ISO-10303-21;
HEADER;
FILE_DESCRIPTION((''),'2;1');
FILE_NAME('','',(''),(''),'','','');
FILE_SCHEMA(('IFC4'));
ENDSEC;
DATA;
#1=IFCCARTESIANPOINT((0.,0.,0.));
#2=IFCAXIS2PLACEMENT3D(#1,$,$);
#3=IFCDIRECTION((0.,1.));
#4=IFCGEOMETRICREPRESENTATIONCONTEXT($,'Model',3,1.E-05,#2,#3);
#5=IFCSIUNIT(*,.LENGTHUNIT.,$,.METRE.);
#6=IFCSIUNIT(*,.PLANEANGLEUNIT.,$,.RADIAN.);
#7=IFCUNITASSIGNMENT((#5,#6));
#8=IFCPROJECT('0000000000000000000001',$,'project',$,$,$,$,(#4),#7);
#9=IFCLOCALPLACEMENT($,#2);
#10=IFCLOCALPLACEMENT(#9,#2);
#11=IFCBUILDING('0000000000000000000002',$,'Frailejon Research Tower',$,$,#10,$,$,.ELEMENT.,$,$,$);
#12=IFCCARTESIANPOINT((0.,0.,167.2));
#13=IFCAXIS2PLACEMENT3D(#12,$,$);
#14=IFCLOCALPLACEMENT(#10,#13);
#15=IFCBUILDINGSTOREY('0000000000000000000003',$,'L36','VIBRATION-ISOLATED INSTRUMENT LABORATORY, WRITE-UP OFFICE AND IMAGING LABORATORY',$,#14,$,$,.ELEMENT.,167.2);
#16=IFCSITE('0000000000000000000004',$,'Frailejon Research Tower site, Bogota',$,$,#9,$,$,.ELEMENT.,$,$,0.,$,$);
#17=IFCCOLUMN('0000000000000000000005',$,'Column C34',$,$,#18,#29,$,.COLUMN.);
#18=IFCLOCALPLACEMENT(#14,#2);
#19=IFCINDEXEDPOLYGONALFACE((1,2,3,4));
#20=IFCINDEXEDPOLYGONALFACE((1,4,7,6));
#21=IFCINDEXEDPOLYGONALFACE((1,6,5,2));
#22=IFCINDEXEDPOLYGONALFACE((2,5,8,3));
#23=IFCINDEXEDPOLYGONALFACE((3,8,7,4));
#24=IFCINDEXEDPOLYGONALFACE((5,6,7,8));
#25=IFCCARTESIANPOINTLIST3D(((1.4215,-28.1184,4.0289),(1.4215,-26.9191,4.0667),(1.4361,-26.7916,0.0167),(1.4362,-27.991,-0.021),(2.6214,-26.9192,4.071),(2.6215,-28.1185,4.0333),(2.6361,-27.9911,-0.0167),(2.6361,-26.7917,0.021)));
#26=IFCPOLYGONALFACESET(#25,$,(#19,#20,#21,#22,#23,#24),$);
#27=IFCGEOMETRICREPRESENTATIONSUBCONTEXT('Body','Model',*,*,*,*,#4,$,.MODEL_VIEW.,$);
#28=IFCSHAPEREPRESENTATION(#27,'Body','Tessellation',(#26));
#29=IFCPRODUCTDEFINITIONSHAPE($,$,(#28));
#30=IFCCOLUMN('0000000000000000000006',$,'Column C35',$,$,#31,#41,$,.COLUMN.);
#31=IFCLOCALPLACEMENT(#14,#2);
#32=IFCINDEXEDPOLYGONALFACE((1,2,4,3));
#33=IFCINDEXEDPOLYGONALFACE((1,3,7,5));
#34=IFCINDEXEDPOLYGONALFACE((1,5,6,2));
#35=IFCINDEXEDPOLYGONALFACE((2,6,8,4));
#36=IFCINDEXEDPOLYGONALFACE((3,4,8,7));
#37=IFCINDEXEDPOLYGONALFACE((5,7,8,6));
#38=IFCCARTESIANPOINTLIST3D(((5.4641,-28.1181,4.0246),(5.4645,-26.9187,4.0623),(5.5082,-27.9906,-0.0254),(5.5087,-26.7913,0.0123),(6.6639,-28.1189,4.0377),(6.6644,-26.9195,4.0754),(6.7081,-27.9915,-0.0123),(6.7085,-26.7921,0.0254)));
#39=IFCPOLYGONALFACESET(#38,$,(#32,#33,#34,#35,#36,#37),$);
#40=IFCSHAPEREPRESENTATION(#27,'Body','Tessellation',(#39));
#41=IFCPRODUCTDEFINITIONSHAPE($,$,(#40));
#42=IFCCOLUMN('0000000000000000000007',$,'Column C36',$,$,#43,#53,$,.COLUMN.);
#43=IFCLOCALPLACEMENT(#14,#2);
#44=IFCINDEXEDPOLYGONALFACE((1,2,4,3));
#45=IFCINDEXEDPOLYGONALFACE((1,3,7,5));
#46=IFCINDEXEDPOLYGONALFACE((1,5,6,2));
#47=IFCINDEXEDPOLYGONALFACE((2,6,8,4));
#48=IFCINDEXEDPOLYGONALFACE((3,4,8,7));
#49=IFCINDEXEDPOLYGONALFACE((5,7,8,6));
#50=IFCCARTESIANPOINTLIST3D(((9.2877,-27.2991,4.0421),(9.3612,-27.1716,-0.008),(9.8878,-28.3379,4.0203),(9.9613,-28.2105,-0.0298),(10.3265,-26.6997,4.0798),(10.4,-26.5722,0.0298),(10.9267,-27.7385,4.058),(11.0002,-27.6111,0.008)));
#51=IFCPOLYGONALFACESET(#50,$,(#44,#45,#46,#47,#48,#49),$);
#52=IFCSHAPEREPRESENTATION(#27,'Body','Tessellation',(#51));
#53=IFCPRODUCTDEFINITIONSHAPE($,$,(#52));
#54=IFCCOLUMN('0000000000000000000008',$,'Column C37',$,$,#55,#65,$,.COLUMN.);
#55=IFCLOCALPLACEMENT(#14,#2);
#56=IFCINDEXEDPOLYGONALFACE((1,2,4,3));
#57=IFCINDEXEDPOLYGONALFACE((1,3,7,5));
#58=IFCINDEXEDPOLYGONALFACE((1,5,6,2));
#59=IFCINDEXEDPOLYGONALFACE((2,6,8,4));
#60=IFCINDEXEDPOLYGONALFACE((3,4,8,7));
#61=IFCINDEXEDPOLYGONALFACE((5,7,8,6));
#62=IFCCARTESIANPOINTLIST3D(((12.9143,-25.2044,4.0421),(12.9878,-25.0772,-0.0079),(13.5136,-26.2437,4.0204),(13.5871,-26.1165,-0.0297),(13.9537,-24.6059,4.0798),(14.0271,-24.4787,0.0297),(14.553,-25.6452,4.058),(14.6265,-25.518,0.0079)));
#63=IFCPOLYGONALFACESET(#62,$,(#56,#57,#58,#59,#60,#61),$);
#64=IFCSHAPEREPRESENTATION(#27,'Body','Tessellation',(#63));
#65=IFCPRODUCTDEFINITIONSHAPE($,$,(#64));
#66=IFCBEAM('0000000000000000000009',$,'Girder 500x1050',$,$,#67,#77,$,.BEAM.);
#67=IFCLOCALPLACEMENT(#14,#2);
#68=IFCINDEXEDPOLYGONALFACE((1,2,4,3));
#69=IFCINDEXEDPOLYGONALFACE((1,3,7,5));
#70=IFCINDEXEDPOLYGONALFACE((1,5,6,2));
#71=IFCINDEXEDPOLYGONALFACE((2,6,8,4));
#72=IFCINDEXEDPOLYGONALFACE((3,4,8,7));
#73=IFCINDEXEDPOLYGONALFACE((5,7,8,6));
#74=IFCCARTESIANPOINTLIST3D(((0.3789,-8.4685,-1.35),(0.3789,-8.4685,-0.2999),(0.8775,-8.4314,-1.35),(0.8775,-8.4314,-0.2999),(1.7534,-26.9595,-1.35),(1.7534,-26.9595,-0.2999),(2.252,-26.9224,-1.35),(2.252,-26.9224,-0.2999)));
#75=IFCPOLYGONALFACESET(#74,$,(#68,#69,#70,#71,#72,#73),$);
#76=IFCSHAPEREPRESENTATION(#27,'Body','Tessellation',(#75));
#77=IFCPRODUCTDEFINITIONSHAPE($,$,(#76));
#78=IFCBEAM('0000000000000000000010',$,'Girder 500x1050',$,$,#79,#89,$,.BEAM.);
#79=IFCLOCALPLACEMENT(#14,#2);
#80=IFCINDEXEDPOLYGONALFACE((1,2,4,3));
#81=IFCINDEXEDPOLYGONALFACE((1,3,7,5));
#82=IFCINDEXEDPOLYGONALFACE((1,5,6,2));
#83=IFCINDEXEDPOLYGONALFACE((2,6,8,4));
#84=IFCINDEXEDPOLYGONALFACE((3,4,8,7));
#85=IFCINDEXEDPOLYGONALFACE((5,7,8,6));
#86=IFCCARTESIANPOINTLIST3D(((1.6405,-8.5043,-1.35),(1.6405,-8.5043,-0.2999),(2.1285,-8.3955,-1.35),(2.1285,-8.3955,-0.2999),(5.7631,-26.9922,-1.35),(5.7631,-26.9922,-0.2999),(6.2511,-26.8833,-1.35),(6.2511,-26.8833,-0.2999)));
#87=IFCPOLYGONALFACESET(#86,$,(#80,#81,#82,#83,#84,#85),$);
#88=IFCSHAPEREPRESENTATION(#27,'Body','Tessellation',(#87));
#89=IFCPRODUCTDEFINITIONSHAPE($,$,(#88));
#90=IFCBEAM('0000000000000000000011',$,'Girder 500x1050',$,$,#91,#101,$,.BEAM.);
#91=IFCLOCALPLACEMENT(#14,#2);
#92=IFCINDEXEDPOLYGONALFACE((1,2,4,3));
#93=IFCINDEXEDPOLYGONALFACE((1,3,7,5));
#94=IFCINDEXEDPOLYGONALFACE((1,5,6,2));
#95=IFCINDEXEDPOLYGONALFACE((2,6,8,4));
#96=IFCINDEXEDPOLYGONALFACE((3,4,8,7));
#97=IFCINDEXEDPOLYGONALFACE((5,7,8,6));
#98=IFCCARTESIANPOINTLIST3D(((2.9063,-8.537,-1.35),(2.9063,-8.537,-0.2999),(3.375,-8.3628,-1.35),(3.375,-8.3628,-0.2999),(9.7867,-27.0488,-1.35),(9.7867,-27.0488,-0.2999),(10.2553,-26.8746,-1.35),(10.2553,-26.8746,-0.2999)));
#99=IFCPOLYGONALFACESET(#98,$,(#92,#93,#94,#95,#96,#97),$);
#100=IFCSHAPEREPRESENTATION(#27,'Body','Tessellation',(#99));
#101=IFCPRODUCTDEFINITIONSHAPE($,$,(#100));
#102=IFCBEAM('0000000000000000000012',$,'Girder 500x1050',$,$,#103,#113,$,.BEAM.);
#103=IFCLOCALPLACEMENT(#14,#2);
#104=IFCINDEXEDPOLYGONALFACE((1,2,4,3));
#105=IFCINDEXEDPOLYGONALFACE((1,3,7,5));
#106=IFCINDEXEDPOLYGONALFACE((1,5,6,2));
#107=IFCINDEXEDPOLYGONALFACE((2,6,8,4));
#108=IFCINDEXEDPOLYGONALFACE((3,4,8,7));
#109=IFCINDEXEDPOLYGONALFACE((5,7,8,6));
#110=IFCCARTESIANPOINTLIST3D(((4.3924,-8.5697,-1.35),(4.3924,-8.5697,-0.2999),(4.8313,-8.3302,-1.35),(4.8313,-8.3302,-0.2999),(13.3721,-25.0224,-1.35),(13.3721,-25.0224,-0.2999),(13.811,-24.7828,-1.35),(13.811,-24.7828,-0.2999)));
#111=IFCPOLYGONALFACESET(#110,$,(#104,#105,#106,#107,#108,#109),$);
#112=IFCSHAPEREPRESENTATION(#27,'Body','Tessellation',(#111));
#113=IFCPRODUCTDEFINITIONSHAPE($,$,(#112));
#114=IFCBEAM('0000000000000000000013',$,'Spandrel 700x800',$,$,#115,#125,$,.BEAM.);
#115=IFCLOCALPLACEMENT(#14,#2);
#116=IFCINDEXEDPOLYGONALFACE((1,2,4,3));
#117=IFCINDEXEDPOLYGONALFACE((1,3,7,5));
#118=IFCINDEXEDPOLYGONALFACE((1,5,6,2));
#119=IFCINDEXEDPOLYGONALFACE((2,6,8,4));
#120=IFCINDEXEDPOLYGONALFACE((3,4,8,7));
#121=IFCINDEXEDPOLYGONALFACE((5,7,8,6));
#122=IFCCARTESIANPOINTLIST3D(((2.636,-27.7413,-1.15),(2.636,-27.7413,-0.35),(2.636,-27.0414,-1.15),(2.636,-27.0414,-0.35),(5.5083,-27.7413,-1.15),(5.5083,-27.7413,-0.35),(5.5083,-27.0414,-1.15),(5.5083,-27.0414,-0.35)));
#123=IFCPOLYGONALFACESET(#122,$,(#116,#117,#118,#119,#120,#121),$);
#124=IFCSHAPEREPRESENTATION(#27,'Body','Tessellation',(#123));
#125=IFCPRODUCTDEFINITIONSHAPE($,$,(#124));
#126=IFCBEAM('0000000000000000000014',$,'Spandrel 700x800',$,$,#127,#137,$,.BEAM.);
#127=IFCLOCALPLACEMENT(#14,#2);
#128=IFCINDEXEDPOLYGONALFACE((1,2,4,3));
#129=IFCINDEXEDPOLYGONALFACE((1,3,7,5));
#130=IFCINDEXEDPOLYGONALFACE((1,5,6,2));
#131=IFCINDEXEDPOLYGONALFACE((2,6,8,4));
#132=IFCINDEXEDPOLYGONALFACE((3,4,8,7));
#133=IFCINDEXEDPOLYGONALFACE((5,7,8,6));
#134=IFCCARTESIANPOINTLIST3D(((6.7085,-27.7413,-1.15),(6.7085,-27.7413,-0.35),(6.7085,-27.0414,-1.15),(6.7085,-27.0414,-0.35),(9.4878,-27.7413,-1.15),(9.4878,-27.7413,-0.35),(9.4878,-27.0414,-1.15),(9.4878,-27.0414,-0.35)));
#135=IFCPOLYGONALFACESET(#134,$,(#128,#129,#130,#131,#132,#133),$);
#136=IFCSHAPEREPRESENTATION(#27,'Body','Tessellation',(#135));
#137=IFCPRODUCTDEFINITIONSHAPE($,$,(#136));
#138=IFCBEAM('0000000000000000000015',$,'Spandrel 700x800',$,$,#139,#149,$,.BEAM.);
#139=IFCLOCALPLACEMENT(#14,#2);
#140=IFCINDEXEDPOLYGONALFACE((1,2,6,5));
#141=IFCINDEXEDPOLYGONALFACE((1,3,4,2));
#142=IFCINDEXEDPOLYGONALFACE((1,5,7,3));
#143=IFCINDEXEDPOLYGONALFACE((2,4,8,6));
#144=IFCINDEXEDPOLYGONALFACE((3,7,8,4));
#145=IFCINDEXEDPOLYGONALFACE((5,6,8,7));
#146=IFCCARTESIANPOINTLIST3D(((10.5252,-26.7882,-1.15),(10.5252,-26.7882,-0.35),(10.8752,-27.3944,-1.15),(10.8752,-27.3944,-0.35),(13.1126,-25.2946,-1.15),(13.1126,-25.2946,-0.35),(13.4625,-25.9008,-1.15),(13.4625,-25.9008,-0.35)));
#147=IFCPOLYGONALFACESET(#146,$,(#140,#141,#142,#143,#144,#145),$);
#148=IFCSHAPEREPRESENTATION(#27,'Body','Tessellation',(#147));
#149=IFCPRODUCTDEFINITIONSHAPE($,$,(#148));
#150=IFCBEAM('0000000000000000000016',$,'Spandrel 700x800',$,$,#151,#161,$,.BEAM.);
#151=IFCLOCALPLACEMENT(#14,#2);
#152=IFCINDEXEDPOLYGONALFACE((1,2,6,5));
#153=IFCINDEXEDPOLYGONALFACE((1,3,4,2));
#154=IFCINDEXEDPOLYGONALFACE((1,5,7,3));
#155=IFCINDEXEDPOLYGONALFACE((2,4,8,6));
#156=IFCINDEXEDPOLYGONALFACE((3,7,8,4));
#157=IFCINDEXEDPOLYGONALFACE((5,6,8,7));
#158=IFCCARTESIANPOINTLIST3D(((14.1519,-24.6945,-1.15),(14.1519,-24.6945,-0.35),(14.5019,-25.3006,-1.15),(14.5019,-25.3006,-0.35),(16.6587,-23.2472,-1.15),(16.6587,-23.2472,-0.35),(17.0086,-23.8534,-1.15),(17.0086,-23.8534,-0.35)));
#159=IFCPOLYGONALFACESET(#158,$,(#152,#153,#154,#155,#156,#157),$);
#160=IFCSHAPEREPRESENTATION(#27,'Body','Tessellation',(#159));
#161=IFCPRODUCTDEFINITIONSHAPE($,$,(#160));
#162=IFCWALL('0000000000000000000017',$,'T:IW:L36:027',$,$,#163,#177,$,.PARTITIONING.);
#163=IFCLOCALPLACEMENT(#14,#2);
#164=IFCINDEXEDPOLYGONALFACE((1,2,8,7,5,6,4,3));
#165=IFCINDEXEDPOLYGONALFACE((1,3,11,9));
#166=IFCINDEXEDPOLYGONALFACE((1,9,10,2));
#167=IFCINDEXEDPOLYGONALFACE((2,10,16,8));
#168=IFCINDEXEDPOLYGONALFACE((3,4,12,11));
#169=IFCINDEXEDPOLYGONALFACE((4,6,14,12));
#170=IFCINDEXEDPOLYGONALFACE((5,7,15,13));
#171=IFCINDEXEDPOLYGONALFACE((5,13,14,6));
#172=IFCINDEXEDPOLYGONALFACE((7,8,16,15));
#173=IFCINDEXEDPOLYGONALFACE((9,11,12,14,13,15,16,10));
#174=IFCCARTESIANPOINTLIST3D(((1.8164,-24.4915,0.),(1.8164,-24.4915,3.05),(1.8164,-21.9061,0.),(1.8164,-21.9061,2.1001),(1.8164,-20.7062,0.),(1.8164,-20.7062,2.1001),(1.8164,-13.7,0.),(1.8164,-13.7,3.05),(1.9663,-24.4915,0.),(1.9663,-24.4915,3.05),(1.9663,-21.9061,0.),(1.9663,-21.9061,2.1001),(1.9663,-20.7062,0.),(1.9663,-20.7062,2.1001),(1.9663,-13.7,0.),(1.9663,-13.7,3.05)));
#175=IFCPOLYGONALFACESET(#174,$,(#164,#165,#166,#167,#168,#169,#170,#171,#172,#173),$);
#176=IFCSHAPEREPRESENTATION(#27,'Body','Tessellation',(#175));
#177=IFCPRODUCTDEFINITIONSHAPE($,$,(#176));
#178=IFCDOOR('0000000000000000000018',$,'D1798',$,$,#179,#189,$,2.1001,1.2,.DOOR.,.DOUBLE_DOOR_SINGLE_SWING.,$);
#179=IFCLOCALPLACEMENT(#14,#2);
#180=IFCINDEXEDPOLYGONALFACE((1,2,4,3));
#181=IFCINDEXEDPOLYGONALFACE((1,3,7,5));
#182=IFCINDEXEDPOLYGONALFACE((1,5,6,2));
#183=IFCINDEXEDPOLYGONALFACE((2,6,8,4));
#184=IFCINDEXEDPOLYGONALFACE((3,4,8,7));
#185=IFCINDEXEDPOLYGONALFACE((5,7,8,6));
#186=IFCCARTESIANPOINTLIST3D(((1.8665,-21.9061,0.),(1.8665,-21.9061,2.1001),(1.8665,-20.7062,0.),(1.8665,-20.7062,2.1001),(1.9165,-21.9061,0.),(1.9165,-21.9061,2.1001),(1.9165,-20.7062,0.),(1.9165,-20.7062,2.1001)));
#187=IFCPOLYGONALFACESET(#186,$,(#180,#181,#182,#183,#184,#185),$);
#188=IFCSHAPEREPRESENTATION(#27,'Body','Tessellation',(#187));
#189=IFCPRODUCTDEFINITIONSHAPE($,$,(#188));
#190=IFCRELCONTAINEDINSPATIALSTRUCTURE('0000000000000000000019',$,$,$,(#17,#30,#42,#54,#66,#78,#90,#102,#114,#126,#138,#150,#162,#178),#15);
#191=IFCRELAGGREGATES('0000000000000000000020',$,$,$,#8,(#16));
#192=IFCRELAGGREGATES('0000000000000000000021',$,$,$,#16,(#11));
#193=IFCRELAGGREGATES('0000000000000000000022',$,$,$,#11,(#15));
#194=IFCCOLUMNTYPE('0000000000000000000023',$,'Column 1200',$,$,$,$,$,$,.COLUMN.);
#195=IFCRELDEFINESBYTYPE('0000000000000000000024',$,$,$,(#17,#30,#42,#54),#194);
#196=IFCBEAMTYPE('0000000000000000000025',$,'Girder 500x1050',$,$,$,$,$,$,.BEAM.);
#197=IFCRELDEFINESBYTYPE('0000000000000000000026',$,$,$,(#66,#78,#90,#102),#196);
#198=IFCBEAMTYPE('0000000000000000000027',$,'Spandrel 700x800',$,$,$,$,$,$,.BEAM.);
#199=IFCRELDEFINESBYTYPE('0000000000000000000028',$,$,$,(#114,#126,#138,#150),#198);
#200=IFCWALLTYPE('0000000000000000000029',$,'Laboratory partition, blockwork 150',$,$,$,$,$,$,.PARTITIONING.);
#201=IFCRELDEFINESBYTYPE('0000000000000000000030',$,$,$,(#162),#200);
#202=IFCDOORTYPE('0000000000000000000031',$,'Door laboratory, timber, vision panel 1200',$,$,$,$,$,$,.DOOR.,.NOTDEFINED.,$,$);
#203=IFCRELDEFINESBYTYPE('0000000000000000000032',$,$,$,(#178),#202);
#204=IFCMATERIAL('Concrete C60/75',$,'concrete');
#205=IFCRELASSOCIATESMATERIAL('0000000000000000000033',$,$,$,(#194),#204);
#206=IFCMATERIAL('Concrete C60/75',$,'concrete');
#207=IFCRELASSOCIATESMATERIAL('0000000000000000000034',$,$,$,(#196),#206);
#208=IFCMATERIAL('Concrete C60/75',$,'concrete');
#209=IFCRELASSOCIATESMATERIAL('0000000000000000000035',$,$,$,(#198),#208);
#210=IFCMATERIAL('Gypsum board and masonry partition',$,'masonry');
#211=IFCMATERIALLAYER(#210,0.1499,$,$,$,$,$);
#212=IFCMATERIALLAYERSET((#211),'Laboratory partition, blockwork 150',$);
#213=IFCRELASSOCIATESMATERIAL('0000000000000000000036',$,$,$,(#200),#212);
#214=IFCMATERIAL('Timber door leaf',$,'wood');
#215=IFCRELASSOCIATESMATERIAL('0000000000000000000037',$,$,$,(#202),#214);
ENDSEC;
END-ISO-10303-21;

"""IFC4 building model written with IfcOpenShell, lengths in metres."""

from ifc_helpers import new_model, si_unit, direction, frame, frame_2d, origin, origin_2d, place, context, subcontext, project, spatial, rectangle, extrude, material, layer, layer_set, material_profile, profile_set, type_object, element, fill, save


model = new_model("IFC4")

# Units and contexts
model_context = context("Model", 3, precision=1e-05, world=origin(), true_north=direction((0.0, 1.0)))
body_context = subcontext(model_context, "Body", "Model", "MODEL_VIEW")
ifc_project = project(units=[si_unit("LENGTHUNIT", "METRE"), si_unit("PLANEANGLEUNIT", "RADIAN")], contexts=[model_context])

# Site, building, storey
site_placement = place(None, origin())
site = spatial("IfcSite", under=ifc_project, at=site_placement, Name="Frailejon Research Tower site, Bogota", CompositionType="ELEMENT", RefElevation=0.0)
building_placement = place(site_placement, origin())
building = spatial("IfcBuilding", under=site, at=building_placement, Name="Frailejon Research Tower", CompositionType="ELEMENT")
storey_placement = place(building_placement, frame((0.0, 0.0, 167.2)))
storey = spatial("IfcBuildingStorey", under=building, at=storey_placement, Name="L36", Description="VIBRATION-ISOLATED INSTRUMENT LABORATORY, WRITE-UP OFFICE AND IMAGING LABORATORY", CompositionType="ELEMENT", Elevation=167.2)

# Columns
ifc_material_1 = material(Name="Concrete C60/75", Category="concrete")
ifc_material_profile_1 = material_profile(ifc_material_1, rectangle(XDim=1.2, YDim=1.2, at=origin_2d()), Name="Column 1200")
ifc_profile_set_1 = profile_set([ifc_material_profile_1], Name="Concrete C60/75")
column_type = type_object("IfcColumnType", Name="Column 1200", PredefinedType="COLUMN", material=ifc_profile_set_1)
column_1_placement = place(storey_placement, frame((2.0361, -27.3914, 0.0), z_axis=(-0.003615, -0.031451, 0.999499), x_axis=(0.999993, -0.000089, 0.003614)))
element("IfcColumn", 1, at=column_1_placement, inside=storey, type_object=column_type, Name="Column C34", PredefinedType="COLUMN", context=body_context, shape_type="SweptSolid", body=[
    extrude(rectangle(XDim=1.2, YDim=1.2, at=origin_2d()), origin(), (0.0, 0.0, 1.0), 4.052),
])
column_2_placement = place(storey_placement, frame((6.1084, -27.3914, 0.0), z_axis=(-0.010905, -0.031449, 0.999446), x_axis=(0.99994, -0.000694, 0.010888)))
element("IfcColumn", 2, at=column_2_placement, inside=storey, type_object=column_type, Name="Column C35", PredefinedType="COLUMN", context=body_context, shape_type="SweptSolid", body=[
    extrude(rectangle(XDim=1.2, YDim=1.2, at=origin_2d()), origin(), (0.0, 0.0, 1.0), 4.0522),
])
for number, where, z_axis, x_axis, name in (
    (3, (10.1807, -27.3914, 0.0), (-0.018133, -0.031446, 0.999341), (0.865741, 0.499505, 0.031426), "Column C36"),
    (4, (13.8071, -25.2976, 0.0), (-0.018133, -0.031386, 0.999343), (0.866156, 0.498787, 0.031381), "Column C37"),
):
    element("IfcColumn", number, at=place(storey_placement, frame(where, z_axis=z_axis, x_axis=x_axis)), inside=storey, type_object=column_type, Name=name, PredefinedType="COLUMN", context=body_context, shape_type="SweptSolid", body=[
        extrude(rectangle(XDim=1.2, YDim=1.2, at=origin_2d()), origin(), (0.0, 0.0, 1.0), 4.0527),
    ])

# Beams
ifc_material_2 = material(Name="Concrete C60/75", Category="concrete")
ifc_material_profile_2 = material_profile(ifc_material_2, rectangle(XDim=0.5, YDim=1.05, at=origin_2d()), Name="Girder 500x1050")
ifc_profile_set_2 = profile_set([ifc_material_profile_2], Name="Concrete C60/75")
beam_type_1 = type_object("IfcBeamType", Name="Girder 500x1050", PredefinedType="BEAM", material=ifc_profile_set_2)
beam_1_placement = place(storey_placement, frame((2.0027, -26.9409, -0.825), z_axis=(-0.07413, 0.997249, 0.0), x_axis=(-0.997249, -0.07413, 0.0)))
element("IfcBeam", 5, at=beam_1_placement, inside=storey, type_object=beam_type_1, Name="Girder 500x1050", PredefinedType="BEAM", context=body_context, shape_type="SweptSolid", body=[
    extrude(rectangle(XDim=0.5, YDim=1.05, at=origin_2d()), origin(), (0.0, 0.0, 1.0), 18.542),
])
beam_2_placement = place(storey_placement, frame((6.0071, -26.9377, -0.825), z_axis=(-0.217643, 0.976028, 0.0), x_axis=(-0.976028, -0.217643, 0.0)))
element("IfcBeam", 6, at=beam_2_placement, inside=storey, type_object=beam_type_1, Name="Girder 500x1050", PredefinedType="BEAM", context=body_context, shape_type="SweptSolid", body=[
    extrude(rectangle(XDim=0.5, YDim=1.05, at=origin_2d()), origin(), (0.0, 0.0, 1.0), 18.9419),
])
beam_3_placement = place(storey_placement, frame((10.021, -26.9617, -0.825), z_axis=(-0.348391, 0.937349, 0.0), x_axis=(-0.937349, -0.348391, 0.0)))
element("IfcBeam", 7, at=beam_3_placement, inside=storey, type_object=beam_type_1, Name="Girder 500x1050", PredefinedType="BEAM", context=body_context, shape_type="SweptSolid", body=[
    extrude(rectangle(XDim=0.5, YDim=1.05, at=origin_2d()), origin(), (0.0, 0.0, 1.0), 19.749),
])
beam_4_placement = place(storey_placement, frame((13.5916, -24.9026, -0.825), z_axis=(-0.479081, 0.877771, 0.0), x_axis=(-0.877771, -0.479081, 0.0)))
element("IfcBeam", 8, at=beam_4_placement, inside=storey, type_object=beam_type_1, Name="Girder 500x1050", PredefinedType="BEAM", context=body_context, shape_type="SweptSolid", body=[
    extrude(rectangle(XDim=0.5, YDim=1.05, at=origin_2d()), origin(), (0.0, 0.0, 1.0), 18.7437),
])
ifc_material_3 = material(Name="Concrete C60/75", Category="concrete")
ifc_material_profile_3 = material_profile(ifc_material_3, rectangle(XDim=0.7, YDim=0.8, at=origin_2d()), Name="Spandrel 700x800")
ifc_profile_set_3 = profile_set([ifc_material_profile_3], Name="Concrete C60/75")
beam_type_2 = type_object("IfcBeamType", Name="Spandrel 700x800", PredefinedType="BEAM", material=ifc_profile_set_3)
beam_5_placement = place(storey_placement, frame((2.636, -27.3914, -0.75), z_axis=(1.0, 0.0, 0.0), x_axis=(0.0, 1.0, 0.0)))
element("IfcBeam", 9, at=beam_5_placement, inside=storey, type_object=beam_type_2, Name="Spandrel 700x800", PredefinedType="BEAM", context=body_context, shape_type="SweptSolid", body=[
    extrude(rectangle(XDim=0.7, YDim=0.8, at=origin_2d()), origin(), (0.0, 0.0, 1.0), 2.8723),
])
beam_6_placement = place(storey_placement, frame((6.7085, -27.3914, -0.75), z_axis=(1.0, 0.0, 0.0), x_axis=(0.0, 1.0, 0.0)))
element("IfcBeam", 10, at=beam_6_placement, inside=storey, type_object=beam_type_2, Name="Spandrel 700x800", PredefinedType="BEAM", context=body_context, shape_type="SweptSolid", body=[
    extrude(rectangle(XDim=0.7, YDim=0.8, at=origin_2d()), origin(), (0.0, 0.0, 1.0), 2.7793),
])
beam_7_placement = place(storey_placement, frame((10.7002, -27.0913, -0.75), z_axis=(0.866052, 0.499954, 0.0), x_axis=(-0.499954, 0.866052, 0.0)))
element("IfcBeam", 11, at=beam_7_placement, inside=storey, type_object=beam_type_2, Name="Spandrel 700x800", PredefinedType="BEAM", context=body_context, shape_type="SweptSolid", body=[
    extrude(rectangle(XDim=0.7, YDim=0.8, at=origin_2d()), origin(), (0.0, 0.0, 1.0), 2.9875),
])
beam_8_placement = place(storey_placement, frame((14.3269, -24.9976, -0.75), z_axis=(0.866034, 0.499985, 0.0), x_axis=(-0.499985, 0.866034, 0.0)))
element("IfcBeam", 12, at=beam_8_placement, inside=storey, type_object=beam_type_2, Name="Spandrel 700x800", PredefinedType="BEAM", context=body_context, shape_type="SweptSolid", body=[
    extrude(rectangle(XDim=0.7, YDim=0.8, at=origin_2d()), origin(), (0.0, 0.0, 1.0), 2.8945),
])

# Wall, opening, door
ifc_material_4 = material(Name="Gypsum board and masonry partition", Category="masonry")
ifc_layer_1 = layer(ifc_material_4, 0.1499)
ifc_layer_set_1 = layer_set([ifc_layer_1], Name="Laboratory partition, blockwork 150")
wall_type_1 = type_object("IfcWallType", Name="Laboratory partition, blockwork 150", PredefinedType="PARTITIONING", material=ifc_layer_set_1)
wall_1_placement = place(storey_placement, frame((1.8914, -24.4915, 0.0), z_axis=(0.0, 0.0, 1.0), x_axis=(0.0, 1.0, 0.0)))
wall_1 = element("IfcWall", 13, at=wall_1_placement, inside=storey, type_object=wall_type_1, Name="T:IW:L36:027", PredefinedType="PARTITIONING", context=body_context, shape_type="SweptSolid", body=[
    extrude(rectangle(XDim=10.7915, YDim=0.1499, at=frame_2d((5.3958, 0.0))), origin(), (0.0, 0.0, 1.0), 3.05),
])
opening_1_placement = place(wall_1_placement, frame((2.5852, 0.0, 0.0)))
opening_1 = element("IfcOpeningElement", 14, at=opening_1_placement, cuts=wall_1, PredefinedType="OPENING", context=body_context, shape_type="SweptSolid", body=[
    extrude(rectangle(XDim=1.2, YDim=2.1001, at=frame_2d((0.6001, 1.05))), frame((0.0, 0.085, 0.0), z_axis=(0.0, -1.0, 0.0), x_axis=(1.0, 0.0, 0.0)), (0.0, 0.0, 1.0), 0.1699),
])
ifc_material_5 = material(Name="Timber door leaf", Category="wood")
door_type = type_object("IfcDoorType", Name="Door laboratory, timber, vision panel 1200", OperationType="NOTDEFINED", PredefinedType="DOOR", material=ifc_material_5)
door_placement = place(opening_1_placement, origin())
door = element("IfcDoor", 15, at=door_placement, inside=storey, type_object=door_type, Name="D1798", OperationType="DOUBLE_DOOR_SINGLE_SWING", OverallHeight=2.1001, OverallWidth=1.2, PredefinedType="DOOR", context=body_context, shape_type="SweptSolid", body=[
    extrude(rectangle(XDim=1.2, YDim=2.1001, at=frame_2d((0.6001, 1.05))), frame((0.0, 0.0249, 0.0), z_axis=(0.0, -1.0, 0.0), x_axis=(1.0, 0.0, 0.0)), (0.0, 0.0, 1.0), 0.05),
])
fill(opening_1, door)

save(model, "model.ifc")
